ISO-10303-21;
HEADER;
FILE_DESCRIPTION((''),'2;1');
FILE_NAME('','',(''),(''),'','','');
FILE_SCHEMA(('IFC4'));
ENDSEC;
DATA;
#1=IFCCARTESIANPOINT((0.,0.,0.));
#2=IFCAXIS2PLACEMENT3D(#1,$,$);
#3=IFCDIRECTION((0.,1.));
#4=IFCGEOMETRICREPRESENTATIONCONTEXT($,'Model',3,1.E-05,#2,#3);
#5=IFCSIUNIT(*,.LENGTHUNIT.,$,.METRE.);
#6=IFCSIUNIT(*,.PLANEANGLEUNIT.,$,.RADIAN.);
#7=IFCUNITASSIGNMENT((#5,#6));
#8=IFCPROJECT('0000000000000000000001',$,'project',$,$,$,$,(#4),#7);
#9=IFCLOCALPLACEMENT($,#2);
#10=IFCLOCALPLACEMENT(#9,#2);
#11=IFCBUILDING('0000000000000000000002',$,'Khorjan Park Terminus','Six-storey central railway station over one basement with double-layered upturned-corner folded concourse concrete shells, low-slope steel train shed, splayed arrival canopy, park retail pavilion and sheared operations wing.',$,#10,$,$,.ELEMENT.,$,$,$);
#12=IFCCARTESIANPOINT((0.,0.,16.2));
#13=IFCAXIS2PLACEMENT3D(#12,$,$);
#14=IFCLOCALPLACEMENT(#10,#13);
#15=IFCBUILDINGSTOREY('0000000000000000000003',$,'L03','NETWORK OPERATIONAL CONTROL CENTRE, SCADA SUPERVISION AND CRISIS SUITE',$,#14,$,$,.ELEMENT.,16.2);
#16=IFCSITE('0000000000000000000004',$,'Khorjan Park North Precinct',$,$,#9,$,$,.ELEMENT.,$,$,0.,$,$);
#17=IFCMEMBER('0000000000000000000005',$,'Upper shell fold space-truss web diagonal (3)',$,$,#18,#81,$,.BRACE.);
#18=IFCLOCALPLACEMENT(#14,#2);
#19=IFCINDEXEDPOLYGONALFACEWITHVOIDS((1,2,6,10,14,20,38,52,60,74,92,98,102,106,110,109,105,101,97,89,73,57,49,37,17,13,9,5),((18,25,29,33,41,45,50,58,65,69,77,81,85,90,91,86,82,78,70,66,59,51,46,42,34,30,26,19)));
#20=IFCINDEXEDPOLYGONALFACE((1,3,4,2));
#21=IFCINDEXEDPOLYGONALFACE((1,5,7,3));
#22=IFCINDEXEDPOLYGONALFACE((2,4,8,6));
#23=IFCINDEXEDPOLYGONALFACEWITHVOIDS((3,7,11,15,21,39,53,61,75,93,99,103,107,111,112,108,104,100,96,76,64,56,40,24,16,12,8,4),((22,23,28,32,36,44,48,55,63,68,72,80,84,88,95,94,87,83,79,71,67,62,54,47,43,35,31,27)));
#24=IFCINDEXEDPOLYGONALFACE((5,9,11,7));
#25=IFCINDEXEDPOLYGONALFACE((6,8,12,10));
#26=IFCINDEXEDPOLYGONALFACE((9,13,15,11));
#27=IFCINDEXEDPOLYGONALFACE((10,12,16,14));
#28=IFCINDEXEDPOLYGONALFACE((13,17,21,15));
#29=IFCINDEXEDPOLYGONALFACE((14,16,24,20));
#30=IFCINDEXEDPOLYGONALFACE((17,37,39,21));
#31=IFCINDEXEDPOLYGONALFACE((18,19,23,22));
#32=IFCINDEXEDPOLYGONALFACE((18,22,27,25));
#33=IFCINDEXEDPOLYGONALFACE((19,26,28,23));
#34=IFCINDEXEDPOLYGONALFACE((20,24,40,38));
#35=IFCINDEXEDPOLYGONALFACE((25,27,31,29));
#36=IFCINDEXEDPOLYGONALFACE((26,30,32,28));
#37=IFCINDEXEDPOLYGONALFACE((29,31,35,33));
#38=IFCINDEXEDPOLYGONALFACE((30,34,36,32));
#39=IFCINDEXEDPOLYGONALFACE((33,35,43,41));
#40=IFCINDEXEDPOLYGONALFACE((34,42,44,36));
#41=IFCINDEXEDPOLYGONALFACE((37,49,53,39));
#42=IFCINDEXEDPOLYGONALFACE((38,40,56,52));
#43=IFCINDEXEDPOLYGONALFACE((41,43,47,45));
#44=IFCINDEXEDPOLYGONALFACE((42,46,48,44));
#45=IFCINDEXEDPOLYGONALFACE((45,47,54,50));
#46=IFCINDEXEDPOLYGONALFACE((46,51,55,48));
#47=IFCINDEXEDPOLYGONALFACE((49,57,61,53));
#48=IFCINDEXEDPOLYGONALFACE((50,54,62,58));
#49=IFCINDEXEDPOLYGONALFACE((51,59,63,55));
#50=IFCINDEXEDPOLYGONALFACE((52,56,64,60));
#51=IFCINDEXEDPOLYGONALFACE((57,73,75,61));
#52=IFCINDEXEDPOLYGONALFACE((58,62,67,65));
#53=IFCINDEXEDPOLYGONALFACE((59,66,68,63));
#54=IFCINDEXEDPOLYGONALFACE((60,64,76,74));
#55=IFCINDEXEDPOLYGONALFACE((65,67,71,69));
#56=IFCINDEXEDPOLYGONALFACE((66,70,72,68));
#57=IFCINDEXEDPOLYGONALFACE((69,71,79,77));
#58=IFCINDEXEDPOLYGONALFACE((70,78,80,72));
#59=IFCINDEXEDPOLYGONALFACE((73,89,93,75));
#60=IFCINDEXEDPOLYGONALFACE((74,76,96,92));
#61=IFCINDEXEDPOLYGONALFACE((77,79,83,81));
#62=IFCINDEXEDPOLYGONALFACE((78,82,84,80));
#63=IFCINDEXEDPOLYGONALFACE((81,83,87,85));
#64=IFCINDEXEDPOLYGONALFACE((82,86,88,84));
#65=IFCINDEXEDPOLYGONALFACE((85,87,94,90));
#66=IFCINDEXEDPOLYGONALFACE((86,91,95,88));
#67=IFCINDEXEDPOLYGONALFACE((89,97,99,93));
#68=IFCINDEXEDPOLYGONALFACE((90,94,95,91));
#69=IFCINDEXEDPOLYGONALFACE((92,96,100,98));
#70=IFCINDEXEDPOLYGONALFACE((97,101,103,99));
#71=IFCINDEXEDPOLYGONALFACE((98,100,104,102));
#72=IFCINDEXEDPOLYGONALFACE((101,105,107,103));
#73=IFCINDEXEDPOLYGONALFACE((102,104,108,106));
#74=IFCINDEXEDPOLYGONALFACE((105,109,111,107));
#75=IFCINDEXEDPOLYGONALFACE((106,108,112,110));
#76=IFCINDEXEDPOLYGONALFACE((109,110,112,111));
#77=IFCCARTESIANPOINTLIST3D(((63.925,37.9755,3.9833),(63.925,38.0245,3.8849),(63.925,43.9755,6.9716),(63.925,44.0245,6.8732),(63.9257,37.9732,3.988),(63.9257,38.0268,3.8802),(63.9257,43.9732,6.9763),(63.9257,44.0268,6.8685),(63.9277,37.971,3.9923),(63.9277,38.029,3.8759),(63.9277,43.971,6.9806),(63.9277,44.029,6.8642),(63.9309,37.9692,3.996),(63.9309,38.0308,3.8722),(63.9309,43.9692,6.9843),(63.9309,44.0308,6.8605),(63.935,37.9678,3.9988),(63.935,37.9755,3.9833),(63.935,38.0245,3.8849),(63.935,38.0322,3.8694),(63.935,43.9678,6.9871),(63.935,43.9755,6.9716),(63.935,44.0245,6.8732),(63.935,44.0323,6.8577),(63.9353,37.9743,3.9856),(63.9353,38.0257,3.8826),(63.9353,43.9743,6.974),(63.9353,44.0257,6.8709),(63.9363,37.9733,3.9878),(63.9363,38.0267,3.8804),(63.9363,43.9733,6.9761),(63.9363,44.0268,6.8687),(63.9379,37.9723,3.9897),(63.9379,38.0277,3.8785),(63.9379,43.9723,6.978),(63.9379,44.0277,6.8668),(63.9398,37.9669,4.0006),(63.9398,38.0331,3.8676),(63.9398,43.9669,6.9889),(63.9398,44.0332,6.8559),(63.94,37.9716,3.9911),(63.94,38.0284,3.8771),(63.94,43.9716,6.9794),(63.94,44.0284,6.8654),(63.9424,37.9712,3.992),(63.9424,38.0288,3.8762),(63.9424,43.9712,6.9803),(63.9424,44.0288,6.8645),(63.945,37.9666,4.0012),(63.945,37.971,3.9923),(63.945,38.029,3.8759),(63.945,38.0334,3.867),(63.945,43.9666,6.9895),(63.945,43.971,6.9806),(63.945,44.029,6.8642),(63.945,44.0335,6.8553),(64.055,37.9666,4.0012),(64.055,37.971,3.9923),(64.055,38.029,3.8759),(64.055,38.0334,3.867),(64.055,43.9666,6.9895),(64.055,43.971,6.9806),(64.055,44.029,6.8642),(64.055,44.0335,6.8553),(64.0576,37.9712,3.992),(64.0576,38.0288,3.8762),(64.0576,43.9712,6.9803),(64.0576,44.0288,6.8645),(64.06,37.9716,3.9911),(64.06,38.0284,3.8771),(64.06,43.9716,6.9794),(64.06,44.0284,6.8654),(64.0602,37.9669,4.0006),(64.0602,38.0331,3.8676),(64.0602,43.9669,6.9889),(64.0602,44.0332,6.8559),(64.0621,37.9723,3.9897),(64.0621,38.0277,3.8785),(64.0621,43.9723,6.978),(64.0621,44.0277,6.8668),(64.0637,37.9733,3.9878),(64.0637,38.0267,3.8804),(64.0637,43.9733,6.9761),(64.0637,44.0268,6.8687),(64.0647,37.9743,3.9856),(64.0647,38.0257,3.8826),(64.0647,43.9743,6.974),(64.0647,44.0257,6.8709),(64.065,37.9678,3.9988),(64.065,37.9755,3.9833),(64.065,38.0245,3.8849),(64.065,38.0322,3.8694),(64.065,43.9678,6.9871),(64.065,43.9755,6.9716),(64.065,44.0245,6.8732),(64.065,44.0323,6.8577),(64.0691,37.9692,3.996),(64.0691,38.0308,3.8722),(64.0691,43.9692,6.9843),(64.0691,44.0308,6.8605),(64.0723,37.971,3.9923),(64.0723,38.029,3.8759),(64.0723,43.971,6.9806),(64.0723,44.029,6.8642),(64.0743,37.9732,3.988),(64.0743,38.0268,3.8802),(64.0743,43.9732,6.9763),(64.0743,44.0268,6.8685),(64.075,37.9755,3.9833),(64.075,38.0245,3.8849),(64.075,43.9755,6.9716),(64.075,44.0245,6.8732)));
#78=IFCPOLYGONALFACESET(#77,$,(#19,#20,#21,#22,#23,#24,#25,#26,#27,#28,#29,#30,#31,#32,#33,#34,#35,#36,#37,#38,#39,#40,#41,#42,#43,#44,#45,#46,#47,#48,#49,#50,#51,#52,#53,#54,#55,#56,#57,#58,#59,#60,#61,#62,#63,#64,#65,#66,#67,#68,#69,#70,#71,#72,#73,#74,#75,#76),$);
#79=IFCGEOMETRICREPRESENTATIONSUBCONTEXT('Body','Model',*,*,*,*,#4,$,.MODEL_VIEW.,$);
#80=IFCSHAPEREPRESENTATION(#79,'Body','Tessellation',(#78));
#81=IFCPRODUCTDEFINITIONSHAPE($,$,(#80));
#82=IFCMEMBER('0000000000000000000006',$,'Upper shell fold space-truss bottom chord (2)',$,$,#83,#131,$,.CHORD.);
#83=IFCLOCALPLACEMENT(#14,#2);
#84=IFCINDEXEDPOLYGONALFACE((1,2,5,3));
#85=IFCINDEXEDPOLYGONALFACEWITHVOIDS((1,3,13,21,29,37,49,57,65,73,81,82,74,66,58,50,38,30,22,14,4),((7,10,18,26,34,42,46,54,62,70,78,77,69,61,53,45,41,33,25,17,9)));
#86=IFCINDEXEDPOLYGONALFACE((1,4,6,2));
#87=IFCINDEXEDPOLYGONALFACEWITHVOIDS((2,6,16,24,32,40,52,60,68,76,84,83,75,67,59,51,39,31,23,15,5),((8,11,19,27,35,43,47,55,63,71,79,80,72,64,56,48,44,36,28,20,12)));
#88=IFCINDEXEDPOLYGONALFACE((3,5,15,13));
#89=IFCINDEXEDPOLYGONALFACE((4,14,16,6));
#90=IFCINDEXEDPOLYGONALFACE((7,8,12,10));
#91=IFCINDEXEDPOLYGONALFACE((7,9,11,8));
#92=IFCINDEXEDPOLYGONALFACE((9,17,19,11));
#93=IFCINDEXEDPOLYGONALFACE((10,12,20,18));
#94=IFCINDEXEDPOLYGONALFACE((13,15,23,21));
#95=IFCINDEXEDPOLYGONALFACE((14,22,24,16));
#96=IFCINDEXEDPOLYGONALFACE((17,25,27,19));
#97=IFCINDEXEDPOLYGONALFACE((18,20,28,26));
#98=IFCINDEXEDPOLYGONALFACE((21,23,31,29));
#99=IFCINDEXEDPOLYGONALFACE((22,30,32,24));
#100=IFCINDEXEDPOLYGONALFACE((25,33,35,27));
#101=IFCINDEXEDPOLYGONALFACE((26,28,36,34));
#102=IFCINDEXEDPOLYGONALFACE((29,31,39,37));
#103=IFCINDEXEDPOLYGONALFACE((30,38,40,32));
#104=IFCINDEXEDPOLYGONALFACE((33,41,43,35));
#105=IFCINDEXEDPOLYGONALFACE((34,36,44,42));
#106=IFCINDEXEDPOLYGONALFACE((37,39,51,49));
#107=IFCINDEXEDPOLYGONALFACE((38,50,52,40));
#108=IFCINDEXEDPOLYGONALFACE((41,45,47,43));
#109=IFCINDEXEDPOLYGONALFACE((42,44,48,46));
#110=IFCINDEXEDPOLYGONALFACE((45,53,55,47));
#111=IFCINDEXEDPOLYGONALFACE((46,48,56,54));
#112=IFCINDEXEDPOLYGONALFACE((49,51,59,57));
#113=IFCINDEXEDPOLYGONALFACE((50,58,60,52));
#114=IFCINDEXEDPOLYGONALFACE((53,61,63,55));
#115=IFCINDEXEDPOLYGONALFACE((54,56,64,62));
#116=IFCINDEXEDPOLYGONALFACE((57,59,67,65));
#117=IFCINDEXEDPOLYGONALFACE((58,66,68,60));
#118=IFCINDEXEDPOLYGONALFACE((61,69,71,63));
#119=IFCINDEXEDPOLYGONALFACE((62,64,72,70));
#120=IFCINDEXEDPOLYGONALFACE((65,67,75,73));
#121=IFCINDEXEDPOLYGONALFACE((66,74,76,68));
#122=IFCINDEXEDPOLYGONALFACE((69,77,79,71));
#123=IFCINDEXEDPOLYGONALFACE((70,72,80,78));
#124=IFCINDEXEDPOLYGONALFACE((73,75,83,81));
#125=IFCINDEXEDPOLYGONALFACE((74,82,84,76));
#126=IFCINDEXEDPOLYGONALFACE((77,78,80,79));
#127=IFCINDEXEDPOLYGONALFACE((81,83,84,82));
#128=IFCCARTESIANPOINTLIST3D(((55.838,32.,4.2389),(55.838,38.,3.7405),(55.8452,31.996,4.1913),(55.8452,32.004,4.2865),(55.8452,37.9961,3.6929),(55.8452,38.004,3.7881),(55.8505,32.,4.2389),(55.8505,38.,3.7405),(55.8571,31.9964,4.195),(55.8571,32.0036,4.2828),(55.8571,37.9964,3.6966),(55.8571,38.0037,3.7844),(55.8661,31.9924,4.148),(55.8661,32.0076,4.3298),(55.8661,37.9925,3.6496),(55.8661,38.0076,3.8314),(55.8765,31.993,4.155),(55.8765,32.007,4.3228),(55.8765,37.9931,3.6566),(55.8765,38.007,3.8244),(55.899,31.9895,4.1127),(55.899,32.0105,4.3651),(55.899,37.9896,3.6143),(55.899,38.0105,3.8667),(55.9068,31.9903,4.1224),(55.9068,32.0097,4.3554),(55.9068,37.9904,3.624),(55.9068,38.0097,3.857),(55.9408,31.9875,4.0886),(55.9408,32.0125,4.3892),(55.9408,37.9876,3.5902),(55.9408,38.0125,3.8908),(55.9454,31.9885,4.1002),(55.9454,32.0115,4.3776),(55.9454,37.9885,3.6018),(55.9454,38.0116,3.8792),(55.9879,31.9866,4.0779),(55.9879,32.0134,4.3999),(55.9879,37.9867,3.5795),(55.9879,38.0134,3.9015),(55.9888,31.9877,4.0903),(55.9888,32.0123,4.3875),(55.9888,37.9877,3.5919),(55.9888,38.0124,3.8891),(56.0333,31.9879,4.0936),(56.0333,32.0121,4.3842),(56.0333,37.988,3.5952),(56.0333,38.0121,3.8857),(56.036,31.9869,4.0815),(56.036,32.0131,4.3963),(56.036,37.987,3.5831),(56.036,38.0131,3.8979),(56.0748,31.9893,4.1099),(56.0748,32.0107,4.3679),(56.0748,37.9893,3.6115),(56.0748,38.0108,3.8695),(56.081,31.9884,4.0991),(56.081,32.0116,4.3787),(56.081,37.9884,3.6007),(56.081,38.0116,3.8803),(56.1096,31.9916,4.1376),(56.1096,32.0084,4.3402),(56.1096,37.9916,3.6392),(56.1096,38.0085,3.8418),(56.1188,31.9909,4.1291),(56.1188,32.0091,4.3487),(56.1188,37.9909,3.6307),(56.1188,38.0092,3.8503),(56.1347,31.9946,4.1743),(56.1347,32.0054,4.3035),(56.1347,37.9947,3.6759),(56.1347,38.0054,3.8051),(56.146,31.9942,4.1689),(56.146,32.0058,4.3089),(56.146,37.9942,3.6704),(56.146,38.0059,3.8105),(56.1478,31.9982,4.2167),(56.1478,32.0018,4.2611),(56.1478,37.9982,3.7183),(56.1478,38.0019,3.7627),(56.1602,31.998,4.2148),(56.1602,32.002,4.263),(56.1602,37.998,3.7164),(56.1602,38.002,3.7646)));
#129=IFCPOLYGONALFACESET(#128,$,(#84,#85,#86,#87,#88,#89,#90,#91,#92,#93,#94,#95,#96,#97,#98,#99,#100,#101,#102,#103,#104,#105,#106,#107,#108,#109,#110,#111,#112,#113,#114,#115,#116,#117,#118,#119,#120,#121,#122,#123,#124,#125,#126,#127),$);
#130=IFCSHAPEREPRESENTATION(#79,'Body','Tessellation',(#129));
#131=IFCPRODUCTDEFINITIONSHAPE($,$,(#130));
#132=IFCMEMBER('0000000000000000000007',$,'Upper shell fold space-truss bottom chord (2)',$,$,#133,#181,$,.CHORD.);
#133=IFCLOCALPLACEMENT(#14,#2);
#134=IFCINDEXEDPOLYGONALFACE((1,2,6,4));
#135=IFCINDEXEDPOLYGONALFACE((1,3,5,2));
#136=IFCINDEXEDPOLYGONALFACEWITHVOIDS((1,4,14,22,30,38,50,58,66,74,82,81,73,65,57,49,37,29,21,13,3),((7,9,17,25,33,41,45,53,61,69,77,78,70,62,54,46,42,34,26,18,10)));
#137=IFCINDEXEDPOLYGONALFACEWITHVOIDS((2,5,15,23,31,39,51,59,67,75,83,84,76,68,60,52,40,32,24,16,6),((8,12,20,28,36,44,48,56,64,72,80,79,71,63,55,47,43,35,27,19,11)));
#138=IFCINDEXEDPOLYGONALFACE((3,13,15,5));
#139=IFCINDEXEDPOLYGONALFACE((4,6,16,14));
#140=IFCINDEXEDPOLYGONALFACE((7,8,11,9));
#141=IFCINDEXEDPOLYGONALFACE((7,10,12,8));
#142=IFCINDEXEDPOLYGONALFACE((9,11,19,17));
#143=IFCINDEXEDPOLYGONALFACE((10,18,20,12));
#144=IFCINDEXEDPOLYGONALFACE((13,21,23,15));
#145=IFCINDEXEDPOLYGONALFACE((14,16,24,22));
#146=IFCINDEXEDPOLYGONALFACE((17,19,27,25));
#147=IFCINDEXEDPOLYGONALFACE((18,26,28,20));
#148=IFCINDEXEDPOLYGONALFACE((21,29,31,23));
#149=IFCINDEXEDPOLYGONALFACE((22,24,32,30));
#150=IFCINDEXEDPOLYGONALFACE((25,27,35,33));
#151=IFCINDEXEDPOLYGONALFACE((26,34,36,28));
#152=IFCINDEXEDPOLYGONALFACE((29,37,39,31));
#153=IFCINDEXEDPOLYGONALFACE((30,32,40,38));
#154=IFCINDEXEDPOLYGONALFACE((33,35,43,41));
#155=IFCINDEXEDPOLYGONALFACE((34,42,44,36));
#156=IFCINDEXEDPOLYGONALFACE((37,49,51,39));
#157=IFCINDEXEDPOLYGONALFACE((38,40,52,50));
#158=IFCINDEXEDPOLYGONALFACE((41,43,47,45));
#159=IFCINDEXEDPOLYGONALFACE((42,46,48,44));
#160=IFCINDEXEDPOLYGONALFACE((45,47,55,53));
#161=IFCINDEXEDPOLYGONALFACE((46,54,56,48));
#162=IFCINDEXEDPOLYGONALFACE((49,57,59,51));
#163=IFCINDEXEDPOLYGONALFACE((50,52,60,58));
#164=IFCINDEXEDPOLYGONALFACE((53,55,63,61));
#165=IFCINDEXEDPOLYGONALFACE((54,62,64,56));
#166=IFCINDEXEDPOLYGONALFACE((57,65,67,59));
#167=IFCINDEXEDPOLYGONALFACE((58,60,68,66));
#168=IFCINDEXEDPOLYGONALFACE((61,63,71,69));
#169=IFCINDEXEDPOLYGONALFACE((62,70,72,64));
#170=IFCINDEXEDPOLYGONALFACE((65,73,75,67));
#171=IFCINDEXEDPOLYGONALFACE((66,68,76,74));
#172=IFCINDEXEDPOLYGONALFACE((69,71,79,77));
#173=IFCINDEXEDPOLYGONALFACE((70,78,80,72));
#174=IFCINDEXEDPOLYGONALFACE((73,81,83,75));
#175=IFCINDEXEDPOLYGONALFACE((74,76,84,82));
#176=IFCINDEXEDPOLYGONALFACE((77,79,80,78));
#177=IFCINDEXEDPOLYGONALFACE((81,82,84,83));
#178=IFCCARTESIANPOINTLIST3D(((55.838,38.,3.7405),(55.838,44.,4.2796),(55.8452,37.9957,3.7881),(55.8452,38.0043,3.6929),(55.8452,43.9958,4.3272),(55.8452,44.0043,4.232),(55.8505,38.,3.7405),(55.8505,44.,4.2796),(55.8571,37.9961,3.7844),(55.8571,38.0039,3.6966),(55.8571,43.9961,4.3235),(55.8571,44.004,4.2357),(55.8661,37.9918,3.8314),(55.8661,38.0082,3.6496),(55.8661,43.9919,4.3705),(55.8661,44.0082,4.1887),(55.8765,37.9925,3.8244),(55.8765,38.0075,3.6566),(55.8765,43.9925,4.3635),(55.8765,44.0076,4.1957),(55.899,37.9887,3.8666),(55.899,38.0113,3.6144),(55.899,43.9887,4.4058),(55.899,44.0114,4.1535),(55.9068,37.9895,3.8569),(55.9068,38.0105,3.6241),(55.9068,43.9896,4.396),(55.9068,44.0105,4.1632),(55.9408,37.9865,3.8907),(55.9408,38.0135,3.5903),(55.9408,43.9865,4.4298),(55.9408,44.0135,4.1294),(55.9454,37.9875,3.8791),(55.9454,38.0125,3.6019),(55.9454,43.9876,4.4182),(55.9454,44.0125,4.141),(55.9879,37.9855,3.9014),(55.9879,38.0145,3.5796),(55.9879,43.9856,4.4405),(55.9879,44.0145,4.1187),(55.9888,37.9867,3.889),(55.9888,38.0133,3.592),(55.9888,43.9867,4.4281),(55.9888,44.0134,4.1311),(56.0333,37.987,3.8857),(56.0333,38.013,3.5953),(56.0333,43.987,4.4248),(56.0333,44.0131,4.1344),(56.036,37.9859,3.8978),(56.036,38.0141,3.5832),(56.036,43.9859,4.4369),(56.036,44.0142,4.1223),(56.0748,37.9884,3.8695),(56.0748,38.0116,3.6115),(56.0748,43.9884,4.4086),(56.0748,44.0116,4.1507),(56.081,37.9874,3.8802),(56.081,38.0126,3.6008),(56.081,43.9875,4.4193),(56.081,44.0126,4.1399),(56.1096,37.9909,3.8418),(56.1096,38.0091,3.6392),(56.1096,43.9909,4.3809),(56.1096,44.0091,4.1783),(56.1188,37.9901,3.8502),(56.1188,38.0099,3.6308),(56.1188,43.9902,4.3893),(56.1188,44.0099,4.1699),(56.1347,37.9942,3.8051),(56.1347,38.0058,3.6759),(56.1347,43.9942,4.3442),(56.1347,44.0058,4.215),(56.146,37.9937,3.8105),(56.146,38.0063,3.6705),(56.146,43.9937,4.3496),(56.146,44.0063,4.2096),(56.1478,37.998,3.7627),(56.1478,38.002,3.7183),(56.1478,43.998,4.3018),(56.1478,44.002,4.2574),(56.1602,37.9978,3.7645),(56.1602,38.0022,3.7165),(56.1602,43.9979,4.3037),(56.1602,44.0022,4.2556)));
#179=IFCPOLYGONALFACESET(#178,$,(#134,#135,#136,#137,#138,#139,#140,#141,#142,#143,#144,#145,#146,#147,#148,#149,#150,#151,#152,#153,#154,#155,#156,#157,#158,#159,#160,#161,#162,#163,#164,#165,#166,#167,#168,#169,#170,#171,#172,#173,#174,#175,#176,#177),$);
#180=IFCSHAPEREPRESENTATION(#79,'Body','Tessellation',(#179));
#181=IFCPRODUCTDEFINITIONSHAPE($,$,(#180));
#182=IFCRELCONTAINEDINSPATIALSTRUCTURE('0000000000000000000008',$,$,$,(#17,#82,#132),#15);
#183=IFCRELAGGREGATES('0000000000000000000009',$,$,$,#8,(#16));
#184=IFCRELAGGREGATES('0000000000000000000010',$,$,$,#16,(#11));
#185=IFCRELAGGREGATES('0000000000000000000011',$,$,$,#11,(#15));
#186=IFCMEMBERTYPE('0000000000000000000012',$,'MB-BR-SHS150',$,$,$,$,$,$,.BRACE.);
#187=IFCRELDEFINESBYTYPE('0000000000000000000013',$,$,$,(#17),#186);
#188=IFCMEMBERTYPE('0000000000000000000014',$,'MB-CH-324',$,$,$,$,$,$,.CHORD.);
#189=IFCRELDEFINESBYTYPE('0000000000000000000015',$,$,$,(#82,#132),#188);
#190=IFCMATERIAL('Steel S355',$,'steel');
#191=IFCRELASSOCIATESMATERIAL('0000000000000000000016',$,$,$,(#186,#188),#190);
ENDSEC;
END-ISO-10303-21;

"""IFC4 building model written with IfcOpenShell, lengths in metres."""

from ifc_helpers import new_model, si_unit, direction, frame, origin, origin_2d, place, context, subcontext, project, spatial, hollow_rectangle, hollow_circle, extrude, material, material_profile, profile_set, type_object, element, save


model = new_model("IFC4")

# Units and contexts
model_context = context("Model", 3, precision=1e-05, world=origin(), true_north=direction((0.0, 1.0)))
body_context = subcontext(model_context, "Body", "Model", "MODEL_VIEW")
ifc_project = project(units=[si_unit("LENGTHUNIT", "METRE"), si_unit("PLANEANGLEUNIT", "RADIAN")], contexts=[model_context])

# Site, building, storey
site_placement = place(None, origin())
site = spatial("IfcSite", under=ifc_project, at=site_placement, Name="Khorjan Park North Precinct", CompositionType="ELEMENT", RefElevation=0.0)
building_placement = place(site_placement, origin())
building = spatial("IfcBuilding", under=site, at=building_placement, Name="Khorjan Park Terminus", Description="Six-storey central railway station over one basement with double-layered upturned-corner folded concourse concrete shells, low-slope steel train shed, splayed arrival canopy, park retail pavilion and sheared operations wing.", CompositionType="ELEMENT")
storey_placement = place(building_placement, frame((0.0, 0.0, 16.2)))
storey = spatial("IfcBuildingStorey", under=building, at=storey_placement, Name="L03", Description="NETWORK OPERATIONAL CONTROL CENTRE, SCADA SUPERVISION AND CRISIS SUITE", CompositionType="ELEMENT", Elevation=16.2)

# Members
ifc_material = material(Name="Steel S355", Category="steel")
ifc_material_profile_1 = material_profile(ifc_material, hollow_rectangle(XDim=0.15, YDim=0.15, WallThickness=0.01, InnerFilletRadius=0.01, OuterFilletRadius=0.02, at=origin_2d()), Name="SHS 150x150x10")
ifc_profile_set_1 = profile_set([ifc_material_profile_1], Name="Steel S355")
member_type_1 = type_object("IfcMemberType", Name="MB-BR-SHS150", PredefinedType="BRACE", material=ifc_profile_set_1)
member_1_placement = place(storey_placement, frame((64.0, 38.0, 3.9341), z_axis=(0.0, 0.895124, 0.445817), x_axis=(-1.0, 0.0, 0.0)))
element("IfcMember", 1, at=member_1_placement, inside=storey, type_object=member_type_1, Name="Upper shell fold space-truss web diagonal (3)", PredefinedType="BRACE", context=body_context, shape_type="SweptSolid", body=[
    extrude(hollow_rectangle(XDim=0.15, YDim=0.15, WallThickness=0.01, InnerFilletRadius=0.01, OuterFilletRadius=0.02, at=origin_2d()), origin(), (0.0, 0.0, 1.0), 6.703),
])
ifc_material_profile_2 = material_profile(ifc_material, hollow_circle(Radius=0.162, WallThickness=0.0125, at=origin_2d()), Name="CHS 323.9x12.5")
ifc_profile_set_2 = profile_set([ifc_material_profile_2], Name="Steel S355")
member_type_2 = type_object("IfcMemberType", Name="MB-CH-324", PredefinedType="CHORD", material=ifc_profile_set_2)
member_2_placement = place(storey_placement, frame((56.0, 32.0, 4.2389), z_axis=(0.0, 0.996568, -0.082782), x_axis=(-1.0, 0.0, 0.0)))
element("IfcMember", 2, at=member_2_placement, inside=storey, type_object=member_type_2, Name="Upper shell fold space-truss bottom chord (2)", PredefinedType="CHORD", context=body_context, shape_type="SweptSolid", body=[
    extrude(hollow_circle(Radius=0.162, WallThickness=0.0125, at=origin_2d()), origin(), (0.0, 0.0, 1.0), 6.0207),
])
member_3_placement = place(storey_placement, frame((56.0, 38.0, 3.7405), z_axis=(0.0, 0.995988, 0.08949), x_axis=(-1.0, 0.0, 0.0)))
element("IfcMember", 3, at=member_3_placement, inside=storey, type_object=member_type_2, Name="Upper shell fold space-truss bottom chord (2)", PredefinedType="CHORD", context=body_context, shape_type="SweptSolid", body=[
    extrude(hollow_circle(Radius=0.162, WallThickness=0.0125, at=origin_2d()), origin(), (0.0, 0.0, 1.0), 6.0242),
])

save(model, "model.ifc")
